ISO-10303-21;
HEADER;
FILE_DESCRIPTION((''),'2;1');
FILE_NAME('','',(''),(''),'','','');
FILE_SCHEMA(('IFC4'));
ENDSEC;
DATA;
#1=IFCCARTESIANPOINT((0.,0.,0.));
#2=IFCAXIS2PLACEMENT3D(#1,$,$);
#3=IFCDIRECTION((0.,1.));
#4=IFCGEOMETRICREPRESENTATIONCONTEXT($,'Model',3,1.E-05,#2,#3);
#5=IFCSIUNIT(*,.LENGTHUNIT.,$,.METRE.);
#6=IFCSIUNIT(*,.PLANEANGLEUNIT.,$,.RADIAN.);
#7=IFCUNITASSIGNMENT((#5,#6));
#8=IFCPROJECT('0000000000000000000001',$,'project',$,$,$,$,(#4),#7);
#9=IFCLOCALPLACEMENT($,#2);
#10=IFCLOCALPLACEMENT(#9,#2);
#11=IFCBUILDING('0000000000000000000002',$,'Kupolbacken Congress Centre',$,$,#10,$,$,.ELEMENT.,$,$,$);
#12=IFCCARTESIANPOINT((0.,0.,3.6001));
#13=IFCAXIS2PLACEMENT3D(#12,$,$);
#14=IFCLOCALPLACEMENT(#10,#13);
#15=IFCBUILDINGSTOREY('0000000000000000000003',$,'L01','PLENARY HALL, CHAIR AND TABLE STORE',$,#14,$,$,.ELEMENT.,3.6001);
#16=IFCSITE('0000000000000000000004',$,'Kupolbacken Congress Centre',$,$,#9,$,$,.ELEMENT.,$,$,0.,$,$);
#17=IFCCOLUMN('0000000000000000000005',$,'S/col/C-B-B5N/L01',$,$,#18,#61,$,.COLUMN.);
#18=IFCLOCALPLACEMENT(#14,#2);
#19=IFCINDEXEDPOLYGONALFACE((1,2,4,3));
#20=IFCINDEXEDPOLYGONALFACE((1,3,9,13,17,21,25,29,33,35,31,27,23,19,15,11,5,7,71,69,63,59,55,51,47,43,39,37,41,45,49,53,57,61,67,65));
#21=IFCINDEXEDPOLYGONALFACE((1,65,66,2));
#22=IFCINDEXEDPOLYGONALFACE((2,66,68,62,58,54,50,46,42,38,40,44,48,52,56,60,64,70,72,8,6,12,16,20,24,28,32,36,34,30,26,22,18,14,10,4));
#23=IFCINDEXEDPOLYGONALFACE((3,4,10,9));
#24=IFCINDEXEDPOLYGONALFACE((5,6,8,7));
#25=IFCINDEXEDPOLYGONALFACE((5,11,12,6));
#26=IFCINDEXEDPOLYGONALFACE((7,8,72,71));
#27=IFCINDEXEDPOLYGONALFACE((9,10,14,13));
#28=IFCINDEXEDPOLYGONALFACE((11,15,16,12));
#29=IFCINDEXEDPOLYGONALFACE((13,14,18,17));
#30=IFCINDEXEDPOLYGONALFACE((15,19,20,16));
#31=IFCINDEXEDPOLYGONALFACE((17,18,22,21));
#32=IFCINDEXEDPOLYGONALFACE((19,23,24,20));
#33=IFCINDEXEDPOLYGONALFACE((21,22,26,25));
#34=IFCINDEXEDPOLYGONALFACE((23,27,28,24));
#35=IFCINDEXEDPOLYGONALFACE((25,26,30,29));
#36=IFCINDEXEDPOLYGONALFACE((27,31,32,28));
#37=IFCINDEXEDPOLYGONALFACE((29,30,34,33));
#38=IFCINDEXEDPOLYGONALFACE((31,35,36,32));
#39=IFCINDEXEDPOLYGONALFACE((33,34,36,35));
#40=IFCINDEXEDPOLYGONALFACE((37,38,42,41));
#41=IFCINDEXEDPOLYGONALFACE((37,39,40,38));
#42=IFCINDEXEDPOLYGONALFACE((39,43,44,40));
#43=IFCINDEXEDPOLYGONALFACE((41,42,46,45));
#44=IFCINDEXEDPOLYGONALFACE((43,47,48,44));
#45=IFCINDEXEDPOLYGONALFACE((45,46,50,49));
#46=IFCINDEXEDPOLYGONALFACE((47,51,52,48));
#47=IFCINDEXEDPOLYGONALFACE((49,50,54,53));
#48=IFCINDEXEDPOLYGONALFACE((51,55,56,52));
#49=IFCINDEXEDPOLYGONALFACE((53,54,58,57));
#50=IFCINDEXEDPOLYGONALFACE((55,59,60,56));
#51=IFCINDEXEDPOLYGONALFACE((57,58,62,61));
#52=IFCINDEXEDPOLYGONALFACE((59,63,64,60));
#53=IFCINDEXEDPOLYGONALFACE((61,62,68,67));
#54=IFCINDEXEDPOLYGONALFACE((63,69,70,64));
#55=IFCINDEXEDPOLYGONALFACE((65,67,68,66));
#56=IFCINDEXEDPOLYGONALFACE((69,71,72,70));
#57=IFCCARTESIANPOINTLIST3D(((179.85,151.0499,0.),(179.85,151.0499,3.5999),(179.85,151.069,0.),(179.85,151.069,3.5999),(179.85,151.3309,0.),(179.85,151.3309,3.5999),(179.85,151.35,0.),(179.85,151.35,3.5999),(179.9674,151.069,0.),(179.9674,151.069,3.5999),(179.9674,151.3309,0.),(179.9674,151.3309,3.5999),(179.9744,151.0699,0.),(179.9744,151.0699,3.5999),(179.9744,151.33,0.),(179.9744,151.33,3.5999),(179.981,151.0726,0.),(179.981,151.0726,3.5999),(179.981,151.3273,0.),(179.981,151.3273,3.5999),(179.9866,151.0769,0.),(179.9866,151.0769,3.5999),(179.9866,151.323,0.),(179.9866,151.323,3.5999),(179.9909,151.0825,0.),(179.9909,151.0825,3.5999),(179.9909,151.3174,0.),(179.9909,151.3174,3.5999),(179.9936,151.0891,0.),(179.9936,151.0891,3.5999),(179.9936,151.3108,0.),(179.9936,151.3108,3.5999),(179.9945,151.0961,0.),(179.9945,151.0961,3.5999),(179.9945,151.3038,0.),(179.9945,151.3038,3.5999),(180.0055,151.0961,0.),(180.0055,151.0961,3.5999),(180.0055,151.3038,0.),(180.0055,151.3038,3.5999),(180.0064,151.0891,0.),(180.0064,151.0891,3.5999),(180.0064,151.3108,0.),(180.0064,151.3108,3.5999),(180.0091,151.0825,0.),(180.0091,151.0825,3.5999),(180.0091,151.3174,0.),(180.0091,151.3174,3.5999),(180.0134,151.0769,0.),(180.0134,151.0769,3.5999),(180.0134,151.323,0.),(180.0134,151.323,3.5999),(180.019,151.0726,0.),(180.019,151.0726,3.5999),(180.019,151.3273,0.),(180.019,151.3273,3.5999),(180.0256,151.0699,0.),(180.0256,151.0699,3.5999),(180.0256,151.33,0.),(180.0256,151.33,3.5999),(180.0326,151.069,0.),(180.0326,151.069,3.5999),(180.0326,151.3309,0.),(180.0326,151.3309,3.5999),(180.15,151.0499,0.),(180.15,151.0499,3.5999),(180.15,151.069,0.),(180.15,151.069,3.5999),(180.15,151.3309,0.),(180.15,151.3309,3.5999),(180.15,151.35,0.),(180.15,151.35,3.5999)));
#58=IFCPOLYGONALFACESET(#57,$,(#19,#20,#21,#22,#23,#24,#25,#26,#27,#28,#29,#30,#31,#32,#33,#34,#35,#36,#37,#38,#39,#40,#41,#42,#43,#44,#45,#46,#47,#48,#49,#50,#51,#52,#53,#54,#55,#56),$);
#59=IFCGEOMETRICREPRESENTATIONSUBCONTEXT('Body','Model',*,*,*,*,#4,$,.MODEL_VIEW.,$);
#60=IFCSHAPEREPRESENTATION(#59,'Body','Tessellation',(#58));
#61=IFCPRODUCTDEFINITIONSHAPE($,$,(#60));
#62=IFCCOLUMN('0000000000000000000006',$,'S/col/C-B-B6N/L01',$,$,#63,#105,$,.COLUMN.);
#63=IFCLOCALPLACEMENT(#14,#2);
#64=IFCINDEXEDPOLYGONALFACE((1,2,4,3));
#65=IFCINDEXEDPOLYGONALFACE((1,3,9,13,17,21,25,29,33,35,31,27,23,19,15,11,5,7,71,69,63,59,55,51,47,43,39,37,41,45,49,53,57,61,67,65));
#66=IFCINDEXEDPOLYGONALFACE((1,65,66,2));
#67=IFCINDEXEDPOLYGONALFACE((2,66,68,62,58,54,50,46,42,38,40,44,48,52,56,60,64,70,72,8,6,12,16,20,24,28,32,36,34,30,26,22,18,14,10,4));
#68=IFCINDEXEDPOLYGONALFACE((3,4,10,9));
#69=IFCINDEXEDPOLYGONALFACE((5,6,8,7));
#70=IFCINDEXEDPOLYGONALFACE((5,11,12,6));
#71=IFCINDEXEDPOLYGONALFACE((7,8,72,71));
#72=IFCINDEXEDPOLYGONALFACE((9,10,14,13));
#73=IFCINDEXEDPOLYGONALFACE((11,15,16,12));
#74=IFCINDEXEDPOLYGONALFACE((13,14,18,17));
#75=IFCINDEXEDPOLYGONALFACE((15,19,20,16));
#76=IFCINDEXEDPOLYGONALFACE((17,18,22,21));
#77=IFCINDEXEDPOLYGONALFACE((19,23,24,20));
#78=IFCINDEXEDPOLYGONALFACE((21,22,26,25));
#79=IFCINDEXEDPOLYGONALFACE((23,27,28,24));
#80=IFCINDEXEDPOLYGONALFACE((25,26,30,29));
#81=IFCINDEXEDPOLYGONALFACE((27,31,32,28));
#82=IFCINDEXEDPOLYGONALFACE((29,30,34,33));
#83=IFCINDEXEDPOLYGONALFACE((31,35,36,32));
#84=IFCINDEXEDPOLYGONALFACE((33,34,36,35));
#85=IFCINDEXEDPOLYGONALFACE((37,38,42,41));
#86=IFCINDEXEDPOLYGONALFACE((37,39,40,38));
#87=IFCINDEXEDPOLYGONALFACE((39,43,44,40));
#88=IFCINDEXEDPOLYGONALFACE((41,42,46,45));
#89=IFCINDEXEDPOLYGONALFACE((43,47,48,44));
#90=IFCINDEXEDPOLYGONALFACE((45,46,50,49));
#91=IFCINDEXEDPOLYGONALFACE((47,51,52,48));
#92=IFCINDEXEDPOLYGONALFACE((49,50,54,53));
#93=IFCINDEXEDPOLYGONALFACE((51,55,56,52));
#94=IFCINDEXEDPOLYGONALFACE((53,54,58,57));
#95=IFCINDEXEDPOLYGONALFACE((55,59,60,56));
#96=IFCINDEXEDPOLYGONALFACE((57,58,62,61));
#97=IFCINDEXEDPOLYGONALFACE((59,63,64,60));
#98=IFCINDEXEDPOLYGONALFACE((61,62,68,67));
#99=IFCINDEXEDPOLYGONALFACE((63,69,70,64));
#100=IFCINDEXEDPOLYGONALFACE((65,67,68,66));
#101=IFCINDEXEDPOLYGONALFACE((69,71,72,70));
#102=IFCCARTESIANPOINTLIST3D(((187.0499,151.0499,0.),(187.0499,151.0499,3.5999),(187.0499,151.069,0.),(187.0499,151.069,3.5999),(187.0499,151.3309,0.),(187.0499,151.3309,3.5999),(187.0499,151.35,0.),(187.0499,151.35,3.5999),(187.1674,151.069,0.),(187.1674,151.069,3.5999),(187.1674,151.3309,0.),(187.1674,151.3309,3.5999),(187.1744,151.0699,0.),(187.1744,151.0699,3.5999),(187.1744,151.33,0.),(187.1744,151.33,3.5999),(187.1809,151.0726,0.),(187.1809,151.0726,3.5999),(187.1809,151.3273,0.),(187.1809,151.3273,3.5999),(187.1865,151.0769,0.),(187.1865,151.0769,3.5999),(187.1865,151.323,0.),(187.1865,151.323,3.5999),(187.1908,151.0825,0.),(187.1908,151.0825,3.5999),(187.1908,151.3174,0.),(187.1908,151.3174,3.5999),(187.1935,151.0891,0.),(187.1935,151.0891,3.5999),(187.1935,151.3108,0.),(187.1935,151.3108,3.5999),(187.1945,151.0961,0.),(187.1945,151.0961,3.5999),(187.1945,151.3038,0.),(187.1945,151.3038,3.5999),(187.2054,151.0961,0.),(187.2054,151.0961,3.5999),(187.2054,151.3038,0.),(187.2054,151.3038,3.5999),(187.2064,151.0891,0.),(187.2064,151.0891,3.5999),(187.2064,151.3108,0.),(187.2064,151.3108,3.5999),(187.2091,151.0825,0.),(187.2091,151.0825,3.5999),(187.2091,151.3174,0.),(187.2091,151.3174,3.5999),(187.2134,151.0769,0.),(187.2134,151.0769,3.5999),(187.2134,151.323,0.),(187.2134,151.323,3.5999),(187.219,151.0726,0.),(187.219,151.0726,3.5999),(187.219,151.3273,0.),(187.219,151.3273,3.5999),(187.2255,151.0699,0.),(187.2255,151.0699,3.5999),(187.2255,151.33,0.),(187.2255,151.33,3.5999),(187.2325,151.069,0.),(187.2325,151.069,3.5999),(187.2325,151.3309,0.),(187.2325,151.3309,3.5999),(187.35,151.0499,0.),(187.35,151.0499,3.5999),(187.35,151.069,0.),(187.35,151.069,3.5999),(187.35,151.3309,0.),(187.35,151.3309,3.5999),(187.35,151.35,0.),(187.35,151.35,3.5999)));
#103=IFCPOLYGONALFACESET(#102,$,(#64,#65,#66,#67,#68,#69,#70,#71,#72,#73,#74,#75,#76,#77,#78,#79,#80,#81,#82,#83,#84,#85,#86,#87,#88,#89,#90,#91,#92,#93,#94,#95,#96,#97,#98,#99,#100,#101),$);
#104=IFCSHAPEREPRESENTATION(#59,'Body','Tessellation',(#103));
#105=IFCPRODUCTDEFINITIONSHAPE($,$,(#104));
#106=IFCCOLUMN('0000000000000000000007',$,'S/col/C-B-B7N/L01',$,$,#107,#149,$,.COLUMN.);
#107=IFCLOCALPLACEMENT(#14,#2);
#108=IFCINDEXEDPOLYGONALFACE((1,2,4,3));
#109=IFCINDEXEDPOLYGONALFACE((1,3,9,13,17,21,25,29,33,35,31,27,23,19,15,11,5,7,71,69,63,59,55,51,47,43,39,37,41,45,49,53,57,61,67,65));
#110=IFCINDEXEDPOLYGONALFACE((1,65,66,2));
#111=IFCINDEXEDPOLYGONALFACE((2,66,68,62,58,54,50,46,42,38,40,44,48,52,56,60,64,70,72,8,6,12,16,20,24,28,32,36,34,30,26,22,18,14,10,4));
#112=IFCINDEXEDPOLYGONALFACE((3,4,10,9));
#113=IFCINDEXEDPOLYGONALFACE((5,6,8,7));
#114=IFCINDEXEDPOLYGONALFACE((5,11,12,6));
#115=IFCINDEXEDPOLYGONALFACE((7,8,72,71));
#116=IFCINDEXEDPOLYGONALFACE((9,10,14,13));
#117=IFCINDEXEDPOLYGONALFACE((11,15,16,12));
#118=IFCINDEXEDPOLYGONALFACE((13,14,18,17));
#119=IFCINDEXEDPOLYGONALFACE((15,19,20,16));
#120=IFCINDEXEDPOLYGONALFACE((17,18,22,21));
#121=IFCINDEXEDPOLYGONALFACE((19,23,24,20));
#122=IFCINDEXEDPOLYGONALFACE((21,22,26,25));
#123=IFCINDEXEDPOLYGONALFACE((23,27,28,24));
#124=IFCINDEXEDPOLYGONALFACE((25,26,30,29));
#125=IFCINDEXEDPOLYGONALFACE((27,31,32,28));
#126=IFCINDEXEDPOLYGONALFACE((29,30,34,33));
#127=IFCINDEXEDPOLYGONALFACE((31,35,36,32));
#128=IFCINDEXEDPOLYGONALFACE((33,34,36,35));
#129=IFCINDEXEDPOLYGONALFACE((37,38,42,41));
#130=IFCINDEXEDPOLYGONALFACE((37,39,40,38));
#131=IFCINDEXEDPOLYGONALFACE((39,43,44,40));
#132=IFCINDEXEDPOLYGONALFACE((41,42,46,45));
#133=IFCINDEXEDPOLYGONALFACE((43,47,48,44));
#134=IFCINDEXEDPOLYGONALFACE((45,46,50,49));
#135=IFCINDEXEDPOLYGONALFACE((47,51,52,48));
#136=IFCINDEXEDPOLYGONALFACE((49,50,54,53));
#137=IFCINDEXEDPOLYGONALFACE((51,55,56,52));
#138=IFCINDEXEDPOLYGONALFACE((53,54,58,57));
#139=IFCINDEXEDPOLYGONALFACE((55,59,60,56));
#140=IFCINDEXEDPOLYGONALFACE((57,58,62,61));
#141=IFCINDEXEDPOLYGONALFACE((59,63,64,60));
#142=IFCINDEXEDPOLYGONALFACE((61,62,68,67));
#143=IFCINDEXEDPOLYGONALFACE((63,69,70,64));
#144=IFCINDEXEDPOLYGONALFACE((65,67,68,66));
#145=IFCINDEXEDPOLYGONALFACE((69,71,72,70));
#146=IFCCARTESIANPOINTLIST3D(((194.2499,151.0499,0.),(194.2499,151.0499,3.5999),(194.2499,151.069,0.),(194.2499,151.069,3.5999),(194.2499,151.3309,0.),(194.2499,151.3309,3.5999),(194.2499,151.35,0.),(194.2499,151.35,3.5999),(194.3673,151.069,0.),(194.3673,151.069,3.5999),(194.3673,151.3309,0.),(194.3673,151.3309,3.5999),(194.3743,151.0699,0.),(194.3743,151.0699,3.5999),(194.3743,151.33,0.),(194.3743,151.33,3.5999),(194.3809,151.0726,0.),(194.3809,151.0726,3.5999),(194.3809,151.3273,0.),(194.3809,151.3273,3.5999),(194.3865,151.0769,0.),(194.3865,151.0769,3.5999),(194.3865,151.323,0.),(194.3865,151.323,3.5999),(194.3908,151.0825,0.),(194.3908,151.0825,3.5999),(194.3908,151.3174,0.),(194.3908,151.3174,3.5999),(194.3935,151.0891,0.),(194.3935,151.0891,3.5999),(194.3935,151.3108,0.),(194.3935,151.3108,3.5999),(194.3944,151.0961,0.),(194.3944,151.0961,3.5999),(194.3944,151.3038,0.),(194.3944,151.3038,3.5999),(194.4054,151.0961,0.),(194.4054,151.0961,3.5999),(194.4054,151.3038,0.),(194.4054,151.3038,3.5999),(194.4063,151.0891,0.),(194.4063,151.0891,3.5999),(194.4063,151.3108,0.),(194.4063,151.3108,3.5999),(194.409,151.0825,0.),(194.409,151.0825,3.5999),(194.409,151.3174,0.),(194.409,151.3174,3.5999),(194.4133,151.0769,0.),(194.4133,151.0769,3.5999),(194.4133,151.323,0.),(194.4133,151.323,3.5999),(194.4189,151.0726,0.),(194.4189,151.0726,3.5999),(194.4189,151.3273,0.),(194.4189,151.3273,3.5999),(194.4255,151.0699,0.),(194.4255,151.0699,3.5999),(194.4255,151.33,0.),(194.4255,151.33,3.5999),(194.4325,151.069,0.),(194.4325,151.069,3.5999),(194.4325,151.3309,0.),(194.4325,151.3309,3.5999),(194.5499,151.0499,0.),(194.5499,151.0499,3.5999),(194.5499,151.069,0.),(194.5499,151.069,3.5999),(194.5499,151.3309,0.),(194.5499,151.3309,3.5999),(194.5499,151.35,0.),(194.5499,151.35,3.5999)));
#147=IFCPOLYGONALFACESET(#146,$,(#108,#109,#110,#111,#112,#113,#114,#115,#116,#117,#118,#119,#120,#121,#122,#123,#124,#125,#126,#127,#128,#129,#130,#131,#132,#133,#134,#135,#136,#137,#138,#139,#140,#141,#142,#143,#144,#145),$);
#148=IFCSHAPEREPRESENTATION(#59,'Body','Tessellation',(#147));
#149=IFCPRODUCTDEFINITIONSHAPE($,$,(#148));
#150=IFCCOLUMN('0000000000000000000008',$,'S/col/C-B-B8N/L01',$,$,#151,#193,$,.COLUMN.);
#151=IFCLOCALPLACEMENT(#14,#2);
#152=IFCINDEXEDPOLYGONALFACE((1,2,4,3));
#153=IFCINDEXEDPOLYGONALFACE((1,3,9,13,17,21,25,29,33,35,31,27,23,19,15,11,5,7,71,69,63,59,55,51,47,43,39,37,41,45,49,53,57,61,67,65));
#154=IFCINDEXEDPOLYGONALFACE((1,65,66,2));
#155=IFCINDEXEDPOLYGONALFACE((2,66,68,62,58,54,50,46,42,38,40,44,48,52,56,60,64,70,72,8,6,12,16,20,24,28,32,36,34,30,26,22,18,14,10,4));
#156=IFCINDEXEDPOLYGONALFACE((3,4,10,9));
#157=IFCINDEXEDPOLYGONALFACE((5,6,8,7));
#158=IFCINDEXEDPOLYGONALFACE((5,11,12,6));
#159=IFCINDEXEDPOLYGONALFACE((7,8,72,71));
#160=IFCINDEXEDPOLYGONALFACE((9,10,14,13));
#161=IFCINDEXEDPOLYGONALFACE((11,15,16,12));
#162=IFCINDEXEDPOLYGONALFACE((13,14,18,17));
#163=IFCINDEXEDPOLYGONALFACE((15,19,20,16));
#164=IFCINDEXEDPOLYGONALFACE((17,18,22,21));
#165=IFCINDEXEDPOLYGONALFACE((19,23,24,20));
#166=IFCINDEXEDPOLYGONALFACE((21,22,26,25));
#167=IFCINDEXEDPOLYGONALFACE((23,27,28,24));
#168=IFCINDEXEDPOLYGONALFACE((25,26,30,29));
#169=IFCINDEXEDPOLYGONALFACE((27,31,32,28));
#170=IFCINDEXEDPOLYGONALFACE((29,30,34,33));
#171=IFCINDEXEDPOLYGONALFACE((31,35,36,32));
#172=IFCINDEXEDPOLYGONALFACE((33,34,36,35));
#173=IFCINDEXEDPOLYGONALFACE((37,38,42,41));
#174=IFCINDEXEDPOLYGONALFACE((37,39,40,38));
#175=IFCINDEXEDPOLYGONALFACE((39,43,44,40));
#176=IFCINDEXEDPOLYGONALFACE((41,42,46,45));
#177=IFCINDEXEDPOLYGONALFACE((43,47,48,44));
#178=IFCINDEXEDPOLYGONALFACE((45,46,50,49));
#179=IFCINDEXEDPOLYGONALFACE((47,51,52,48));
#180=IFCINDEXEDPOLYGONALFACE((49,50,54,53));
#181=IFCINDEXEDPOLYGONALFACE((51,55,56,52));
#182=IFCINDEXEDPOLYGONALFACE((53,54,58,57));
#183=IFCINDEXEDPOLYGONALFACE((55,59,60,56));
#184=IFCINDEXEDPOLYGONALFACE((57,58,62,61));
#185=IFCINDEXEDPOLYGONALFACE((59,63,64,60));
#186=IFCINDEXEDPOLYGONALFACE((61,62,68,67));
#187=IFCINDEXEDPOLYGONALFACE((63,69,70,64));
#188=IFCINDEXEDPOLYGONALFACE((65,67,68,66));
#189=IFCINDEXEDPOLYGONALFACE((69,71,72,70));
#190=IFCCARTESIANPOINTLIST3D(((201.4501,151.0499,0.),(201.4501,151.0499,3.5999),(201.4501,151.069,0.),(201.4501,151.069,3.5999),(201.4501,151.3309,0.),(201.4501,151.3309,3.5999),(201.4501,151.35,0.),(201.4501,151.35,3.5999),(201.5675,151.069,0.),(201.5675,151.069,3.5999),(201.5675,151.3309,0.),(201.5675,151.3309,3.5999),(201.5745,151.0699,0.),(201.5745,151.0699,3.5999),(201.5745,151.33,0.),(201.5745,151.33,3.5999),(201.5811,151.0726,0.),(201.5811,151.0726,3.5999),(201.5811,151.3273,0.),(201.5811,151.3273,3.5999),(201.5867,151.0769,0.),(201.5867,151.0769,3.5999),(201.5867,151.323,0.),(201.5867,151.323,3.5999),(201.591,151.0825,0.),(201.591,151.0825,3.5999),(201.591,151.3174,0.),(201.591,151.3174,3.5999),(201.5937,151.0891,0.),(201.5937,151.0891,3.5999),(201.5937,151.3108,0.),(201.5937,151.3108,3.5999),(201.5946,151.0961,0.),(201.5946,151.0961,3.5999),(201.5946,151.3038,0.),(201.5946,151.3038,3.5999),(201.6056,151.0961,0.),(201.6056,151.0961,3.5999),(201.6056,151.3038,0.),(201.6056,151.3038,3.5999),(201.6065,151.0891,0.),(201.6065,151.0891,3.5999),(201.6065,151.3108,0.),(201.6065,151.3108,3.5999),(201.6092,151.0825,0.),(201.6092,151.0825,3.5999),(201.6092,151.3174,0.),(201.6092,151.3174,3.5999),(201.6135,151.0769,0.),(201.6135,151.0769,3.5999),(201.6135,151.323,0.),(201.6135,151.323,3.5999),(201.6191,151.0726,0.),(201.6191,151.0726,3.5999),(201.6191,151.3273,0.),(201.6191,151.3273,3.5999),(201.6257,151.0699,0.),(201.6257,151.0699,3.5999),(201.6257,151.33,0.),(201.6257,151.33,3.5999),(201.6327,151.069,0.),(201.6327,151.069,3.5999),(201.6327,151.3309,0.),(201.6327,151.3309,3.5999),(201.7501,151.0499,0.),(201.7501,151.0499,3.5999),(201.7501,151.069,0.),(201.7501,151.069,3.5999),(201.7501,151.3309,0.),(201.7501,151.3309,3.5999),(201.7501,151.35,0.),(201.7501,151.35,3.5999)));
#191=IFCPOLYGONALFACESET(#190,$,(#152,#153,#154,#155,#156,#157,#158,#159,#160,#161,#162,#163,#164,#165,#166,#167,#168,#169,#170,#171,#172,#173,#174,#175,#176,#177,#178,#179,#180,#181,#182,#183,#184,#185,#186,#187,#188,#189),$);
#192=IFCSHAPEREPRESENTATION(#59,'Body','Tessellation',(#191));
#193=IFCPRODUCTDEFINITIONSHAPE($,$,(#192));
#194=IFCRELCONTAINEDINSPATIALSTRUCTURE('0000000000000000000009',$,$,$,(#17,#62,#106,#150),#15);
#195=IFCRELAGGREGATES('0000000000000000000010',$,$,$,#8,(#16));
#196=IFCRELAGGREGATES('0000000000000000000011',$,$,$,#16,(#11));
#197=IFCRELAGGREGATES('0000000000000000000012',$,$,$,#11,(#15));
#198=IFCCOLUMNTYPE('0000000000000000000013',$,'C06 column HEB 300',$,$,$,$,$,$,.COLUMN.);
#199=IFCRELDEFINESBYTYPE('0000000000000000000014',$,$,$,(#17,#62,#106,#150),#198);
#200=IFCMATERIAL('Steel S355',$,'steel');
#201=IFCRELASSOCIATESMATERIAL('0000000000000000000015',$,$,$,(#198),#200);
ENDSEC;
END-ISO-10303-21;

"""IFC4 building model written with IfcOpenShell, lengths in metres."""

from ifc_helpers import new_model, si_unit, direction, frame, origin, origin_2d, place, context, subcontext, project, spatial, i_section, extrude, material, material_profile, profile_set, type_object, element, save


model = new_model("IFC4")

# Units and contexts
model_context = context("Model", 3, precision=1e-05, world=origin(), true_north=direction((0.0, 1.0)))
body_context = subcontext(model_context, "Body", "Model", "MODEL_VIEW")
ifc_project = project(units=[si_unit("LENGTHUNIT", "METRE"), si_unit("PLANEANGLEUNIT", "RADIAN")], contexts=[model_context])

# Site, building, storey
site_placement = place(None, origin())
site = spatial("IfcSite", under=ifc_project, at=site_placement, Name="Kupolbacken Congress Centre", CompositionType="ELEMENT", RefElevation=0.0)
building_placement = place(site_placement, origin())
building = spatial("IfcBuilding", under=site, at=building_placement, Name="Kupolbacken Congress Centre", CompositionType="ELEMENT")
storey_placement = place(building_placement, frame((0.0, 0.0, 3.6001)))
storey = spatial("IfcBuildingStorey", under=building, at=storey_placement, Name="L01", Description="PLENARY HALL, CHAIR AND TABLE STORE", CompositionType="ELEMENT", Elevation=3.6001)

# Columns
ifc_material_1 = material(Name="Steel S355", Category="steel")
ifc_material_profile_1 = material_profile(ifc_material_1, i_section(OverallWidth=0.3, OverallDepth=0.3, WebThickness=0.011, FlangeThickness=0.019, FilletRadius=0.0271, at=origin_2d()), Name="HEB 300")
ifc_profile_set_1 = profile_set([ifc_material_profile_1], Name="Steel S355")
column_type_1 = type_object("IfcColumnType", Name="C06 column HEB 300", PredefinedType="COLUMN", material=ifc_profile_set_1)
for number, where, z_axis, x_axis, name in (
    (1, (180.0, 151.2, 0.0), (0.0, 0.0, 1.0), (1.0, 0.0, 0.0), "S/col/C-B-B5N/L01"),
    (2, (187.2, 151.2, 0.0), (0.0, 0.0, 1.0), (1.0, 0.0, 0.0), "S/col/C-B-B6N/L01"),
    (3, (194.3999, 151.2, 0.0), (0.0, 0.0, 1.0), (1.0, 0.0, 0.0), "S/col/C-B-B7N/L01"),
    (4, (201.6001, 151.2, 0.0), (0.0, 0.0, 1.0), (1.0, 0.0, 0.0), "S/col/C-B-B8N/L01"),
):
    element("IfcColumn", number, at=place(storey_placement, frame(where, z_axis=z_axis, x_axis=x_axis)), inside=storey, type_object=column_type_1, Name=name, PredefinedType="COLUMN", context=body_context, shape_type="SweptSolid", body=[
        extrude(i_section(OverallWidth=0.3, OverallDepth=0.3, WebThickness=0.011, FlangeThickness=0.019, FilletRadius=0.0271, at=origin_2d()), origin(), (0.0, 0.0, 1.0), 3.5999),
    ])

save(model, "model.ifc")
